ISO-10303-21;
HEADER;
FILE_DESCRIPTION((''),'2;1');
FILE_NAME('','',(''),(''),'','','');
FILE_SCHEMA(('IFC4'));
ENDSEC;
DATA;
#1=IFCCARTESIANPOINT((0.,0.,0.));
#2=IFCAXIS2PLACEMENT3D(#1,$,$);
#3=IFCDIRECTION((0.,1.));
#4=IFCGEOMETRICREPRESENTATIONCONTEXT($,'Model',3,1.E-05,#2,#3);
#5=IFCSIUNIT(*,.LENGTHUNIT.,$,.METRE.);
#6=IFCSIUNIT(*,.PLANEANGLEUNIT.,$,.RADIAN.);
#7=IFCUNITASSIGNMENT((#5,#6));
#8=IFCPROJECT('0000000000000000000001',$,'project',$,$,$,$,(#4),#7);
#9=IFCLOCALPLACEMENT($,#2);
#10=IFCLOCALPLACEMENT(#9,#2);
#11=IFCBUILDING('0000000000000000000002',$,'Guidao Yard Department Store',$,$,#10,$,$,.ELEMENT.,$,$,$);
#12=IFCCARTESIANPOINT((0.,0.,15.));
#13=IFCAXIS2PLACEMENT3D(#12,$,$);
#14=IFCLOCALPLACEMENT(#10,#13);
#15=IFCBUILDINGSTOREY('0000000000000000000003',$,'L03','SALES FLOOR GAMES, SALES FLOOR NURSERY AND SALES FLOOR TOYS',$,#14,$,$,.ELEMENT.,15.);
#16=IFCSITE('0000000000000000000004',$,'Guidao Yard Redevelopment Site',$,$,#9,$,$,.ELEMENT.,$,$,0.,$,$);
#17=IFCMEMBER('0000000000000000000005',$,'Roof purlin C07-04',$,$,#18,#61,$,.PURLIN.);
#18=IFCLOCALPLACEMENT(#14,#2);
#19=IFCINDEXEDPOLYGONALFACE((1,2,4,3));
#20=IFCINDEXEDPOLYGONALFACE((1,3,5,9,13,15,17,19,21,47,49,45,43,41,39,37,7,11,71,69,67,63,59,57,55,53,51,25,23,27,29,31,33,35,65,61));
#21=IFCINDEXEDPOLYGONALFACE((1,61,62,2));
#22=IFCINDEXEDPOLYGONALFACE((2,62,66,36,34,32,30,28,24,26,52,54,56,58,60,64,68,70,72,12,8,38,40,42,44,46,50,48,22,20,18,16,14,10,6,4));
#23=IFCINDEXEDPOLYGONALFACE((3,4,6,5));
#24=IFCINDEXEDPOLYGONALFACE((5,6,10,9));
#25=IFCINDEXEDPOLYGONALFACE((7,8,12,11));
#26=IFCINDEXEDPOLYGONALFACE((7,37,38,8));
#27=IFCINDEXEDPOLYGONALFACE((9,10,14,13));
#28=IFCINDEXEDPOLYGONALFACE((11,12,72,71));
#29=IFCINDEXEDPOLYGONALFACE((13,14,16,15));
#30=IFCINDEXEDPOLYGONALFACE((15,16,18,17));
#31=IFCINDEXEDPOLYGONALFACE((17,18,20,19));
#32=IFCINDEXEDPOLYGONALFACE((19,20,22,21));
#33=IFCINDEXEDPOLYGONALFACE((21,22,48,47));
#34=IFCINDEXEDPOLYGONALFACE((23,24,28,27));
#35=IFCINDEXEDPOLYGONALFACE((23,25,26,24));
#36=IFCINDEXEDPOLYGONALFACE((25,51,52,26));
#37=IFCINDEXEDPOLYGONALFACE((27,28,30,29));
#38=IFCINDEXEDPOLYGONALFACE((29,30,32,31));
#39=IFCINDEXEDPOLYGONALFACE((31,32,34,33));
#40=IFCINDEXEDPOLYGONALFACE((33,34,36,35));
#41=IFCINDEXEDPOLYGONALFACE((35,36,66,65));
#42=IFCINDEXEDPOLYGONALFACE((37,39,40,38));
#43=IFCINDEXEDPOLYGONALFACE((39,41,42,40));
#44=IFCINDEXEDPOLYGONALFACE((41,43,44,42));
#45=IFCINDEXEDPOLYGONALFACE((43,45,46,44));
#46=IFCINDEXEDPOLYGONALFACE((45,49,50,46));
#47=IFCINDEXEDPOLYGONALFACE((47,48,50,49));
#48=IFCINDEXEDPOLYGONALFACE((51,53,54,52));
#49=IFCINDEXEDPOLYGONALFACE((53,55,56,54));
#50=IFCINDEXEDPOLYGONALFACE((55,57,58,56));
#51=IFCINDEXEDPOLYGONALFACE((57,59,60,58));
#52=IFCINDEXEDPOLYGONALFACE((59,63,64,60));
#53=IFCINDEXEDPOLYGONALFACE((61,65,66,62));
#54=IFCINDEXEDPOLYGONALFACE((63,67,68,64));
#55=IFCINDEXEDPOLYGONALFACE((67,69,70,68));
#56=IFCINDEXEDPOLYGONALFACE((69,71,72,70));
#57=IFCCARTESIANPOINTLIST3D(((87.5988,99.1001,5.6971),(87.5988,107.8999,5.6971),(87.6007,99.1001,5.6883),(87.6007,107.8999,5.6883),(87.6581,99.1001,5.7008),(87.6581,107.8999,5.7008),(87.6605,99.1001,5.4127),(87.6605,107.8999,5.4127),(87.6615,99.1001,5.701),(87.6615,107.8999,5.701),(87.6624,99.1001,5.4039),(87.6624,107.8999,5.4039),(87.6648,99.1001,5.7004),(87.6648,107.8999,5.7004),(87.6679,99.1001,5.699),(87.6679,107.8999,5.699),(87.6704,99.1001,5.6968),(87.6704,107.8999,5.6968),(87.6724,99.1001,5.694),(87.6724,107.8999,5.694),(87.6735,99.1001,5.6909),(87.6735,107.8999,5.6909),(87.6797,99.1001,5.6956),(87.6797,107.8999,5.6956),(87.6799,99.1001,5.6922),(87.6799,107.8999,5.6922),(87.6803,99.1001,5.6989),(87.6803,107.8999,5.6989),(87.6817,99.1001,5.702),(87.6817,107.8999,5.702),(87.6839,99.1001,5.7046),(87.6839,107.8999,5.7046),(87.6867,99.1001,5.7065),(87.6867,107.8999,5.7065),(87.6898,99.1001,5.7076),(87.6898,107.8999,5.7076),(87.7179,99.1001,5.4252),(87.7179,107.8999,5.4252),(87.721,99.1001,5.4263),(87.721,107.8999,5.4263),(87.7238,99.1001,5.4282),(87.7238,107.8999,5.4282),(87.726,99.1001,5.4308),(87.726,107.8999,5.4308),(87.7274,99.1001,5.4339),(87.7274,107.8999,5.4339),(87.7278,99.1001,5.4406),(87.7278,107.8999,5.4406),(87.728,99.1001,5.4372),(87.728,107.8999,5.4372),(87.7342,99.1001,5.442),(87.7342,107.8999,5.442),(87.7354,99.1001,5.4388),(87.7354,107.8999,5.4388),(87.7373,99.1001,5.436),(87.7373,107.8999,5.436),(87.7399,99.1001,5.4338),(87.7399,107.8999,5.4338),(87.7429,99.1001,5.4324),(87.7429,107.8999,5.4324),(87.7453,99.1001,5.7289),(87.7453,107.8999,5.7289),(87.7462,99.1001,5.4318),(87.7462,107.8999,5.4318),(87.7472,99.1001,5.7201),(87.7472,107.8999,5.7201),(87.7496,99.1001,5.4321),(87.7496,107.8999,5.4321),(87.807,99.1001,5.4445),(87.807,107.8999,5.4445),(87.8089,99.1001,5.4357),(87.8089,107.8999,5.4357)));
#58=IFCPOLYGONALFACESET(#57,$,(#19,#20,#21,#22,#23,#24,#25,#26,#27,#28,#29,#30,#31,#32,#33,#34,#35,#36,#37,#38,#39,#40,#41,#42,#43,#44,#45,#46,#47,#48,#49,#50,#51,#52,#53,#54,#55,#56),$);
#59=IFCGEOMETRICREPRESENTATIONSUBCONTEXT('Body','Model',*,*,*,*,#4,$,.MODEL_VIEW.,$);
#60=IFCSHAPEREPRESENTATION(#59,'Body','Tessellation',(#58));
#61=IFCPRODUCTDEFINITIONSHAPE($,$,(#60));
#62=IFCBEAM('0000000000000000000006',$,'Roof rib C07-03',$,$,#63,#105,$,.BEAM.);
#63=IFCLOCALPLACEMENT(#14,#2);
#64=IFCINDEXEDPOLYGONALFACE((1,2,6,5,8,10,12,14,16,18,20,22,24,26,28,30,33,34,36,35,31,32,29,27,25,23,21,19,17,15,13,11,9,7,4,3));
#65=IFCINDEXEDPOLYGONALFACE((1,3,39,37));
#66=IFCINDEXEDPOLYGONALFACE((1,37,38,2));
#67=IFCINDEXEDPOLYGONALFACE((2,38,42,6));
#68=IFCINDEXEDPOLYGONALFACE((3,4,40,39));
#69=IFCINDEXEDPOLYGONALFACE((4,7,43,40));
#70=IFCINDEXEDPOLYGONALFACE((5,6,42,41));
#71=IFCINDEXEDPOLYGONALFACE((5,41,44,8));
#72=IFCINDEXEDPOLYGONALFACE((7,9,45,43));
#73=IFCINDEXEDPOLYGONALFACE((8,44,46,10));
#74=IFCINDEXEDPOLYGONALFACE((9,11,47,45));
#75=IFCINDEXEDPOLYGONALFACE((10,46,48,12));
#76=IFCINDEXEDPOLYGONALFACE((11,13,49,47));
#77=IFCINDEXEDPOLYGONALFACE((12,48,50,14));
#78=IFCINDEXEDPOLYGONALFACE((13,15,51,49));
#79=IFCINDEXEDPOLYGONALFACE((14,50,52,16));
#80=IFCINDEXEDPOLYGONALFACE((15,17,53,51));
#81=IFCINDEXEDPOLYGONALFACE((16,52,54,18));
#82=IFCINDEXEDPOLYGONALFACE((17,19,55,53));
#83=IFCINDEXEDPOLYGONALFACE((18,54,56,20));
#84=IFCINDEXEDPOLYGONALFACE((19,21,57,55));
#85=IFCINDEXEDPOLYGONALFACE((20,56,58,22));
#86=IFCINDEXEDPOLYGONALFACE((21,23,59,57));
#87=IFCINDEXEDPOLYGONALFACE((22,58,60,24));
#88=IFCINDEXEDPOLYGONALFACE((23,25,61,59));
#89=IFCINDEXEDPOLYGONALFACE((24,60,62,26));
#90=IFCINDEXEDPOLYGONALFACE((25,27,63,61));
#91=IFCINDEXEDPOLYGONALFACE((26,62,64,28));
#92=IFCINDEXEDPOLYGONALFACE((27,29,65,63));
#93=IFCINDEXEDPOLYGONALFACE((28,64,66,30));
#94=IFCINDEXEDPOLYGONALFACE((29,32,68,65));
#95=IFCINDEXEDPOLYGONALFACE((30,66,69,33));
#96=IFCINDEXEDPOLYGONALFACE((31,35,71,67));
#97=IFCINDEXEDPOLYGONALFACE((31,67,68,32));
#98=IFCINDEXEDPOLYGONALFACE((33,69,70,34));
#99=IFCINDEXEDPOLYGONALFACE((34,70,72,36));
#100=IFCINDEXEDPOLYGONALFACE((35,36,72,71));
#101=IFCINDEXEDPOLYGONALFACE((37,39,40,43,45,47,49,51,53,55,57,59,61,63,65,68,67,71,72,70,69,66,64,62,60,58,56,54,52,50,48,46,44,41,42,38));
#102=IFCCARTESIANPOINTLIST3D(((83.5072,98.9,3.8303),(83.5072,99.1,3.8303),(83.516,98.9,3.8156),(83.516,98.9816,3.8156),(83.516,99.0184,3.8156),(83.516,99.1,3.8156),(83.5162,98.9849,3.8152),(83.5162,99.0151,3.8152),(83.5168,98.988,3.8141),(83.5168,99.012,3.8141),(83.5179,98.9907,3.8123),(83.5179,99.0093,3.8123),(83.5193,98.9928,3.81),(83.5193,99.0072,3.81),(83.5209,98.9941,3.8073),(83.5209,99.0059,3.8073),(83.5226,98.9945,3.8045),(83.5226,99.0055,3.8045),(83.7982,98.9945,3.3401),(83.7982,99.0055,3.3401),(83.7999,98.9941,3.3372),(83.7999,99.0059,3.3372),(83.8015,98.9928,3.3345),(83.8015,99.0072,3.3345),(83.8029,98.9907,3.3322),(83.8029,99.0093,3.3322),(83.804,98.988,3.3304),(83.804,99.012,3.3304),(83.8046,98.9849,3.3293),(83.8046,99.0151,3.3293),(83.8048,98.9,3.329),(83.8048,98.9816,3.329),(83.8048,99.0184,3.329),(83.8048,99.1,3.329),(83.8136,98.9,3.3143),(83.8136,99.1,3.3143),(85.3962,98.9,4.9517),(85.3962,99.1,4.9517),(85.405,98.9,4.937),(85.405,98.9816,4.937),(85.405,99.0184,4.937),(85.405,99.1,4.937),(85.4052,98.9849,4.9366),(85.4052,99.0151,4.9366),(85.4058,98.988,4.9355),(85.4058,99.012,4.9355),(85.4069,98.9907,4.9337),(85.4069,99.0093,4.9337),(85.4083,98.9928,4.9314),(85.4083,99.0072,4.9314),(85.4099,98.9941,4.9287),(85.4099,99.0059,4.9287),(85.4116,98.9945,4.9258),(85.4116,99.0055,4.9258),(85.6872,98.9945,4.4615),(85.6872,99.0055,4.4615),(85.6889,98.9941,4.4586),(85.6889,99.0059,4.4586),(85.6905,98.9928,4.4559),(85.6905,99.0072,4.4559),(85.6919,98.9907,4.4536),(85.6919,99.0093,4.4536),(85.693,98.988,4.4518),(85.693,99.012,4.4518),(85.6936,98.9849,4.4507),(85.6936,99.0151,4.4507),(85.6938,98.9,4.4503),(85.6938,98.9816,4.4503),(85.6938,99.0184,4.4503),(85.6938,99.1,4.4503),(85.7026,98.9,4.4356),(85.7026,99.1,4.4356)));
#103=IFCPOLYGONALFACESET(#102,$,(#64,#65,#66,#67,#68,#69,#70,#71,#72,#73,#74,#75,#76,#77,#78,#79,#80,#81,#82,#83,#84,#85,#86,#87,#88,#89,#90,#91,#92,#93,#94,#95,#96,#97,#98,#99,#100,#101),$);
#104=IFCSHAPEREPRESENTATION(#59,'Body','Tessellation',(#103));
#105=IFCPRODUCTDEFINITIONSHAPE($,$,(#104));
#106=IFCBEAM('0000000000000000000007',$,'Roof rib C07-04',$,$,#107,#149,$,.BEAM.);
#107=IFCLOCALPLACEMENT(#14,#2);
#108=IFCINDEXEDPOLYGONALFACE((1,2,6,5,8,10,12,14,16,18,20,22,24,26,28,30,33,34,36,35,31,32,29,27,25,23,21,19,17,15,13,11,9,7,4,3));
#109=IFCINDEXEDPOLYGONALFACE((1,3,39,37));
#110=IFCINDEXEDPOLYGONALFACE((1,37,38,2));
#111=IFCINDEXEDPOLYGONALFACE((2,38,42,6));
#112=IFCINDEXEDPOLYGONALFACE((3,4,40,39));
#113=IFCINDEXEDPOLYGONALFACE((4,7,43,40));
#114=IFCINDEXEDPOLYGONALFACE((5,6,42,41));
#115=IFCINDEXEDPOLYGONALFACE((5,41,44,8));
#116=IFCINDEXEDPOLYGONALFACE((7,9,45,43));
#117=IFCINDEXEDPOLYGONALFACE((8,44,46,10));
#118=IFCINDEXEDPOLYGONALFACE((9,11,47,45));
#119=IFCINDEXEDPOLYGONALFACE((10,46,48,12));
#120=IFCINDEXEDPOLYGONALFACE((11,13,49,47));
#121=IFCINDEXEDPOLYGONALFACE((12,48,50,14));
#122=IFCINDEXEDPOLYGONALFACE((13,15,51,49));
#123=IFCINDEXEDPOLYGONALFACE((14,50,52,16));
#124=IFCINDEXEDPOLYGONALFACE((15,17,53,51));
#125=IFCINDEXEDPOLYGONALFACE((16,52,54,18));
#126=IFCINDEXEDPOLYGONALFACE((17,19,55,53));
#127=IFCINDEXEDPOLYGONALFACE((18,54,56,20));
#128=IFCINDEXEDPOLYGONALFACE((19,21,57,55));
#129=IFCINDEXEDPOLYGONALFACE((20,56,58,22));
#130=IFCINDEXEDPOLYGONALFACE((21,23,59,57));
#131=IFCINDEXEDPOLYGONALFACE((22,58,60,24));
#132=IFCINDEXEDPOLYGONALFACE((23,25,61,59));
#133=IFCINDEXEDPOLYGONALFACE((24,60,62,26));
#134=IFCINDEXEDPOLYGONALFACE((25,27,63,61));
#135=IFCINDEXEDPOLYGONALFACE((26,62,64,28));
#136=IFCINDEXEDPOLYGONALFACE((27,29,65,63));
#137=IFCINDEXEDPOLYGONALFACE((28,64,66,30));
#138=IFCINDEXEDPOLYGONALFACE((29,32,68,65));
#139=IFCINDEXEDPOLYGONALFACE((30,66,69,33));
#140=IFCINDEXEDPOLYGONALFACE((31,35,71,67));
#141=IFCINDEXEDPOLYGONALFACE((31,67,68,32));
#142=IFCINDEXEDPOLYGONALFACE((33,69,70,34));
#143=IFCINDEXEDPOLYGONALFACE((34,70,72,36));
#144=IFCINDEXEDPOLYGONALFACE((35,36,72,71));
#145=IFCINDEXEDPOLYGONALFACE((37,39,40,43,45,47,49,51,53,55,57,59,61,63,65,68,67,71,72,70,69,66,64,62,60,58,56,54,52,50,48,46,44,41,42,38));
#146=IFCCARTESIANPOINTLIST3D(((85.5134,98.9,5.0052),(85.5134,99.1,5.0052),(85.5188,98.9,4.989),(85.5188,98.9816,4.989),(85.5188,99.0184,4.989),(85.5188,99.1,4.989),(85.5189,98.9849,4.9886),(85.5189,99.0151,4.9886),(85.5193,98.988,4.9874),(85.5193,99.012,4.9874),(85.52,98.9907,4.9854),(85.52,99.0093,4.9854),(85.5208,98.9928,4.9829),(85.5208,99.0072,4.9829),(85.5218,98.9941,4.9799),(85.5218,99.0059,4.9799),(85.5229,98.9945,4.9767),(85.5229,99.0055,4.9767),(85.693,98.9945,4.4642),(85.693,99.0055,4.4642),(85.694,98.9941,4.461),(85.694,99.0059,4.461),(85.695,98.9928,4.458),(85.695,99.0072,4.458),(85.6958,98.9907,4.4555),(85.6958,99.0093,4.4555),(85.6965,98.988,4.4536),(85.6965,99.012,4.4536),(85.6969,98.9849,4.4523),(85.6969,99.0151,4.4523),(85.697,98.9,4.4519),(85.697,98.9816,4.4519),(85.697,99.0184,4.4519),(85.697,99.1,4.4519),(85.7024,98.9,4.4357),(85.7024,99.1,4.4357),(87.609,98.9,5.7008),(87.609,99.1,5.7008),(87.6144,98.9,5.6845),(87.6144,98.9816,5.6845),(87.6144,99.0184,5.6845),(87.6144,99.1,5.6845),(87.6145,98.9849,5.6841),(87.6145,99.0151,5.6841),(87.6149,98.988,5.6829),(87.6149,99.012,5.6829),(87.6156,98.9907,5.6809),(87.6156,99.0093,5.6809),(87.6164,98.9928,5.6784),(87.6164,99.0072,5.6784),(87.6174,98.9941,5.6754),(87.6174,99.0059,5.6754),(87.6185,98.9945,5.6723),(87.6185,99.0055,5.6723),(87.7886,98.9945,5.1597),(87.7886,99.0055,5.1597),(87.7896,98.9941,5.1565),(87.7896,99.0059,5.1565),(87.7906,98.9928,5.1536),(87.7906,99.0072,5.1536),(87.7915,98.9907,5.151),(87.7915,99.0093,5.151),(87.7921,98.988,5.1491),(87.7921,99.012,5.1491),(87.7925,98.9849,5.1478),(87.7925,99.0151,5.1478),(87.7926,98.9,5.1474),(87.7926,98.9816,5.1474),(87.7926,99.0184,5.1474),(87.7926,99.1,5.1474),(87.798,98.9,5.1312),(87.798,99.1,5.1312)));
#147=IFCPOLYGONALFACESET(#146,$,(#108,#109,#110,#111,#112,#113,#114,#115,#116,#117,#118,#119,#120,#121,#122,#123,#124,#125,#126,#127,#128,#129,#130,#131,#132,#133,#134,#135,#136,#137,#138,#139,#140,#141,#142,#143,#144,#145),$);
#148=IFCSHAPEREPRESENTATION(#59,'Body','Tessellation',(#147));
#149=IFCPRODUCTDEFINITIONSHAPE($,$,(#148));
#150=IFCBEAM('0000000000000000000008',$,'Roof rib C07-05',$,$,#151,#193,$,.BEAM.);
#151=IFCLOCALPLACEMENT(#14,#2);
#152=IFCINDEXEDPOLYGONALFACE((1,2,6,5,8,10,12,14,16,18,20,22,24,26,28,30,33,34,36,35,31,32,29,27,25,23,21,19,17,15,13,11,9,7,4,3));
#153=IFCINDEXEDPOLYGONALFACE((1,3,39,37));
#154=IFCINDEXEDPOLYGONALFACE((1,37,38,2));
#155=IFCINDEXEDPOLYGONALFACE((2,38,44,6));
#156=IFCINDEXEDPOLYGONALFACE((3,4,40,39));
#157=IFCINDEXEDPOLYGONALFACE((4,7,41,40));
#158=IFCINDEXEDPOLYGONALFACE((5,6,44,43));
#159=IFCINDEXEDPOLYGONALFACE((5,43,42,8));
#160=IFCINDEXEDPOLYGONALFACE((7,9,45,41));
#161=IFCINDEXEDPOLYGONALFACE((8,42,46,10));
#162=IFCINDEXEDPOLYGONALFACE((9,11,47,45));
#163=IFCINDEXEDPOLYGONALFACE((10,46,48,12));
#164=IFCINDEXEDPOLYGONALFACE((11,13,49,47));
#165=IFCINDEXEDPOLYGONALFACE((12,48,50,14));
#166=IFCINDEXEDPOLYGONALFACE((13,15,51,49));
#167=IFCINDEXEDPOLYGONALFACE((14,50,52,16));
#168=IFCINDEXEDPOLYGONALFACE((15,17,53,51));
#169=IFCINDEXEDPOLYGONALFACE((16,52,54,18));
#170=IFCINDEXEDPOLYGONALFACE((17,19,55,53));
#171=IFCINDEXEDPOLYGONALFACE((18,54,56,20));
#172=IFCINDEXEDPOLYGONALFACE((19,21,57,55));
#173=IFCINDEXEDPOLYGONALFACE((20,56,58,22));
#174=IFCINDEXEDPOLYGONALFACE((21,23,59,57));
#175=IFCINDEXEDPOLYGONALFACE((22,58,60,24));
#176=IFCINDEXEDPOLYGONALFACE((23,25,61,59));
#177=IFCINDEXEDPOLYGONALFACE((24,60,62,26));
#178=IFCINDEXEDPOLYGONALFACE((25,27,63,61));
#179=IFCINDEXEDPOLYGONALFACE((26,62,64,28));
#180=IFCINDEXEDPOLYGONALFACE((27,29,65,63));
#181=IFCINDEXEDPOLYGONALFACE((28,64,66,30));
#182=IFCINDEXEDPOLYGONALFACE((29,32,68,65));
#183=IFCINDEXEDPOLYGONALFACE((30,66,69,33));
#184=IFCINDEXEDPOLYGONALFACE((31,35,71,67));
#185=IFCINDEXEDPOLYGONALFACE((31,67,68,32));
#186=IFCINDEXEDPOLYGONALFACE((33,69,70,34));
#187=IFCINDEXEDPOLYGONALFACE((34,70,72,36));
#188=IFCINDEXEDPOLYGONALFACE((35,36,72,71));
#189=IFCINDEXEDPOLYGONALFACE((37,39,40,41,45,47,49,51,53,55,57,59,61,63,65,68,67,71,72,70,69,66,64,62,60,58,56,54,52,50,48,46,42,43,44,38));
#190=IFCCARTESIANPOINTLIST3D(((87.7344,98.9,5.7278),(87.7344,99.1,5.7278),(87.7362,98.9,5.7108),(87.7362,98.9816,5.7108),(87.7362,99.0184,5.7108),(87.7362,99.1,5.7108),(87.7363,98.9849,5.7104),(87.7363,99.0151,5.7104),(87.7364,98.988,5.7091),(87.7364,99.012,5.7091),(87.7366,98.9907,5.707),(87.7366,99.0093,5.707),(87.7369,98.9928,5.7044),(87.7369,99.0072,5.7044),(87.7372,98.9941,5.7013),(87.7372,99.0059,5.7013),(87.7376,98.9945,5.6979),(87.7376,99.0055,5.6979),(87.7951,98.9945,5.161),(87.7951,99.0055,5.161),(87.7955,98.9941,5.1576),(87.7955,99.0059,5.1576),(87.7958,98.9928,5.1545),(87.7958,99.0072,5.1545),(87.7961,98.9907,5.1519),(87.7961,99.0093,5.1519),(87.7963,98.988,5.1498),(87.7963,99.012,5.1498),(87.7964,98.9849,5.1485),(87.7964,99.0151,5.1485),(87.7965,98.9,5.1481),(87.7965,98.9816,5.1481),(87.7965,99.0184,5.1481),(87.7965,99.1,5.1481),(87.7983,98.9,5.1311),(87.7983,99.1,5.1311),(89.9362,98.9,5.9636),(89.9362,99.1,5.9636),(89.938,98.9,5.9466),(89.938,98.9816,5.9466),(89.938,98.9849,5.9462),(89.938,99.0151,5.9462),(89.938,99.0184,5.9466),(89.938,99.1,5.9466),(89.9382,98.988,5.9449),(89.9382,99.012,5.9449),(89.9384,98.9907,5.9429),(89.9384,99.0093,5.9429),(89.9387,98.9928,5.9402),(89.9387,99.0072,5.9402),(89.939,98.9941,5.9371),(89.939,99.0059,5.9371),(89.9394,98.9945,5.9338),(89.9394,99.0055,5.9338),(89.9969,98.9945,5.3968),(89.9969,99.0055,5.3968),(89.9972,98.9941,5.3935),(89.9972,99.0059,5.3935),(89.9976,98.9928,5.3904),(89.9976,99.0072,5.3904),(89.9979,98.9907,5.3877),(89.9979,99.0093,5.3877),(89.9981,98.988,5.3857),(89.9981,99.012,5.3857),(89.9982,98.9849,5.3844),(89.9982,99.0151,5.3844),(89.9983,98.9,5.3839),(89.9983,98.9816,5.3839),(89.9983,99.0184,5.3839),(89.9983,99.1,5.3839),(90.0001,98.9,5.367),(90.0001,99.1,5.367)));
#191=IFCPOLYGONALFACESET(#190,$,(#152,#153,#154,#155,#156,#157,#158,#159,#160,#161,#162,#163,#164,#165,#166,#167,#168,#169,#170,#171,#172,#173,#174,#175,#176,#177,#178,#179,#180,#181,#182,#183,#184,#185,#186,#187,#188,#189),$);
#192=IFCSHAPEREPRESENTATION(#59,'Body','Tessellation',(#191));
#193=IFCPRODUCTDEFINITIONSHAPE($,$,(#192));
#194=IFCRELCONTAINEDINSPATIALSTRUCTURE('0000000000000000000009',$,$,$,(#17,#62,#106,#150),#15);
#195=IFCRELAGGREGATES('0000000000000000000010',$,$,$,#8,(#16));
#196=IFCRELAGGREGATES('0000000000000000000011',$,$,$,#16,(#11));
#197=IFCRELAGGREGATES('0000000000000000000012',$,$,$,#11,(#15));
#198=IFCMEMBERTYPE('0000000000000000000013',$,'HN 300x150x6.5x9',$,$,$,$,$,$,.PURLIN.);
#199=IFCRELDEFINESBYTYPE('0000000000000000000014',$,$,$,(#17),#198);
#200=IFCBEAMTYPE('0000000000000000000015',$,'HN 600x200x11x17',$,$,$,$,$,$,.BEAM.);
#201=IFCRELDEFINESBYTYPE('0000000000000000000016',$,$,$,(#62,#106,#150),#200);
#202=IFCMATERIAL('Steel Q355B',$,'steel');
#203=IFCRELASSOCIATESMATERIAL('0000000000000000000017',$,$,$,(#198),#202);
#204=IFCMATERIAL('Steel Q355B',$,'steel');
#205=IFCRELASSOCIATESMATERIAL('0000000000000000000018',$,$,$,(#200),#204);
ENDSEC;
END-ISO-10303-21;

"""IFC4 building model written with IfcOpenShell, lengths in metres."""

from ifc_helpers import new_model, si_unit, direction, frame, origin, origin_2d, place, context, subcontext, project, spatial, i_section, extrude, material, material_profile, profile_set, type_object, element, save


model = new_model("IFC4")

# Units and contexts
model_context = context("Model", 3, precision=1e-05, world=origin(), true_north=direction((0.0, 1.0)))
body_context = subcontext(model_context, "Body", "Model", "MODEL_VIEW")
ifc_project = project(units=[si_unit("LENGTHUNIT", "METRE"), si_unit("PLANEANGLEUNIT", "RADIAN")], contexts=[model_context])

# Site, building, storey
site_placement = place(None, origin())
site = spatial("IfcSite", under=ifc_project, at=site_placement, Name="Guidao Yard Redevelopment Site", CompositionType="ELEMENT", RefElevation=0.0)
building_placement = place(site_placement, origin())
building = spatial("IfcBuilding", under=site, at=building_placement, Name="Guidao Yard Department Store", CompositionType="ELEMENT")
storey_placement = place(building_placement, frame((0.0, 0.0, 15.0)))
storey = spatial("IfcBuildingStorey", under=building, at=storey_placement, Name="L03", Description="SALES FLOOR GAMES, SALES FLOOR NURSERY AND SALES FLOOR TOYS", CompositionType="ELEMENT", Elevation=15.0)

# Member
ifc_material_1 = material(Name="Steel Q355B", Category="steel")
ifc_material_profile_1 = material_profile(ifc_material_1, i_section(OverallWidth=0.1499, OverallDepth=0.3, WebThickness=0.0066, FlangeThickness=0.009, FilletRadius=0.0129, at=origin_2d()), Name="HN 300x150x6.5x9")
ifc_profile_set_1 = profile_set([ifc_material_profile_1], Name="Steel Q355B")
member_type_1 = type_object("IfcMemberType", Name="HN 300x150x6.5x9", PredefinedType="PURLIN", material=ifc_profile_set_1)
for number, where, z_axis, x_axis, name in (
    (1, (87.7039, 99.1001, 5.5664), (0.0, 1.0, 0.0), (-0.977292, 0.0, -0.211897), "Roof purlin C07-04"),
):
    element("IfcMember", number, at=place(storey_placement, frame(where, z_axis=z_axis, x_axis=x_axis)), inside=storey, type_object=member_type_1, Name=name, PredefinedType="PURLIN", context=body_context, shape_type="SweptSolid", body=[
        extrude(i_section(OverallWidth=0.1499, OverallDepth=0.3, WebThickness=0.0066, FlangeThickness=0.009, FilletRadius=0.0129, at=origin_2d()), origin(), (0.0, 0.0, 1.0), 8.7998),
    ])

# Beams
ifc_material_2 = material(Name="Steel Q355B", Category="steel")
ifc_material_profile_2 = material_profile(ifc_material_2, i_section(OverallWidth=0.2, OverallDepth=0.6001, WebThickness=0.011, FlangeThickness=0.0171, FilletRadius=0.0129, at=origin_2d()), Name="HN 600x200x11x17")
ifc_profile_set_2 = profile_set([ifc_material_profile_2], Name="Steel Q355B")
beam_type = type_object("IfcBeamType", Name="HN 600x200x11x17", PredefinedType="BEAM", material=ifc_profile_set_2)
beam_1_placement = place(storey_placement, frame((83.6604, 99.0, 3.5723), z_axis=(0.859896, 0.0, 0.510469), x_axis=(0.0, 1.0, 0.0)))
element("IfcBeam", 2, at=beam_1_placement, inside=storey, type_object=beam_type, Name="Roof rib C07-03", PredefinedType="BEAM", context=body_context, shape_type="SweptSolid", body=[
    extrude(i_section(OverallWidth=0.2, OverallDepth=0.6001, WebThickness=0.011, FlangeThickness=0.0171, FilletRadius=0.0129, at=origin_2d()), origin(), (0.0, 0.0, 1.0), 2.1968),
])
beam_2_placement = place(storey_placement, frame((85.6079, 99.0, 4.7205), z_axis=(0.949092, 0.0, 0.315), x_axis=(0.0, 1.0, 0.0)))
element("IfcBeam", 3, at=beam_2_placement, inside=storey, type_object=beam_type, Name="Roof rib C07-04", PredefinedType="BEAM", context=body_context, shape_type="SweptSolid", body=[
    extrude(i_section(OverallWidth=0.2, OverallDepth=0.6001, WebThickness=0.011, FlangeThickness=0.0171, FilletRadius=0.0129, at=origin_2d()), origin(), (0.0, 0.0, 1.0), 2.208),
])
beam_3_placement = place(storey_placement, frame((87.7664, 99.0, 5.4294), z_axis=(0.994312, 0.0, 0.10651), x_axis=(0.0, 1.0, 0.0)))
element("IfcBeam", 4, at=beam_3_placement, inside=storey, type_object=beam_type, Name="Roof rib C07-05", PredefinedType="BEAM", context=body_context, shape_type="SweptSolid", body=[
    extrude(i_section(OverallWidth=0.2, OverallDepth=0.6001, WebThickness=0.011, FlangeThickness=0.0171, FilletRadius=0.0129, at=origin_2d()), origin(), (0.0, 0.0, 1.0), 2.2144),
])

save(model, "model.ifc")
